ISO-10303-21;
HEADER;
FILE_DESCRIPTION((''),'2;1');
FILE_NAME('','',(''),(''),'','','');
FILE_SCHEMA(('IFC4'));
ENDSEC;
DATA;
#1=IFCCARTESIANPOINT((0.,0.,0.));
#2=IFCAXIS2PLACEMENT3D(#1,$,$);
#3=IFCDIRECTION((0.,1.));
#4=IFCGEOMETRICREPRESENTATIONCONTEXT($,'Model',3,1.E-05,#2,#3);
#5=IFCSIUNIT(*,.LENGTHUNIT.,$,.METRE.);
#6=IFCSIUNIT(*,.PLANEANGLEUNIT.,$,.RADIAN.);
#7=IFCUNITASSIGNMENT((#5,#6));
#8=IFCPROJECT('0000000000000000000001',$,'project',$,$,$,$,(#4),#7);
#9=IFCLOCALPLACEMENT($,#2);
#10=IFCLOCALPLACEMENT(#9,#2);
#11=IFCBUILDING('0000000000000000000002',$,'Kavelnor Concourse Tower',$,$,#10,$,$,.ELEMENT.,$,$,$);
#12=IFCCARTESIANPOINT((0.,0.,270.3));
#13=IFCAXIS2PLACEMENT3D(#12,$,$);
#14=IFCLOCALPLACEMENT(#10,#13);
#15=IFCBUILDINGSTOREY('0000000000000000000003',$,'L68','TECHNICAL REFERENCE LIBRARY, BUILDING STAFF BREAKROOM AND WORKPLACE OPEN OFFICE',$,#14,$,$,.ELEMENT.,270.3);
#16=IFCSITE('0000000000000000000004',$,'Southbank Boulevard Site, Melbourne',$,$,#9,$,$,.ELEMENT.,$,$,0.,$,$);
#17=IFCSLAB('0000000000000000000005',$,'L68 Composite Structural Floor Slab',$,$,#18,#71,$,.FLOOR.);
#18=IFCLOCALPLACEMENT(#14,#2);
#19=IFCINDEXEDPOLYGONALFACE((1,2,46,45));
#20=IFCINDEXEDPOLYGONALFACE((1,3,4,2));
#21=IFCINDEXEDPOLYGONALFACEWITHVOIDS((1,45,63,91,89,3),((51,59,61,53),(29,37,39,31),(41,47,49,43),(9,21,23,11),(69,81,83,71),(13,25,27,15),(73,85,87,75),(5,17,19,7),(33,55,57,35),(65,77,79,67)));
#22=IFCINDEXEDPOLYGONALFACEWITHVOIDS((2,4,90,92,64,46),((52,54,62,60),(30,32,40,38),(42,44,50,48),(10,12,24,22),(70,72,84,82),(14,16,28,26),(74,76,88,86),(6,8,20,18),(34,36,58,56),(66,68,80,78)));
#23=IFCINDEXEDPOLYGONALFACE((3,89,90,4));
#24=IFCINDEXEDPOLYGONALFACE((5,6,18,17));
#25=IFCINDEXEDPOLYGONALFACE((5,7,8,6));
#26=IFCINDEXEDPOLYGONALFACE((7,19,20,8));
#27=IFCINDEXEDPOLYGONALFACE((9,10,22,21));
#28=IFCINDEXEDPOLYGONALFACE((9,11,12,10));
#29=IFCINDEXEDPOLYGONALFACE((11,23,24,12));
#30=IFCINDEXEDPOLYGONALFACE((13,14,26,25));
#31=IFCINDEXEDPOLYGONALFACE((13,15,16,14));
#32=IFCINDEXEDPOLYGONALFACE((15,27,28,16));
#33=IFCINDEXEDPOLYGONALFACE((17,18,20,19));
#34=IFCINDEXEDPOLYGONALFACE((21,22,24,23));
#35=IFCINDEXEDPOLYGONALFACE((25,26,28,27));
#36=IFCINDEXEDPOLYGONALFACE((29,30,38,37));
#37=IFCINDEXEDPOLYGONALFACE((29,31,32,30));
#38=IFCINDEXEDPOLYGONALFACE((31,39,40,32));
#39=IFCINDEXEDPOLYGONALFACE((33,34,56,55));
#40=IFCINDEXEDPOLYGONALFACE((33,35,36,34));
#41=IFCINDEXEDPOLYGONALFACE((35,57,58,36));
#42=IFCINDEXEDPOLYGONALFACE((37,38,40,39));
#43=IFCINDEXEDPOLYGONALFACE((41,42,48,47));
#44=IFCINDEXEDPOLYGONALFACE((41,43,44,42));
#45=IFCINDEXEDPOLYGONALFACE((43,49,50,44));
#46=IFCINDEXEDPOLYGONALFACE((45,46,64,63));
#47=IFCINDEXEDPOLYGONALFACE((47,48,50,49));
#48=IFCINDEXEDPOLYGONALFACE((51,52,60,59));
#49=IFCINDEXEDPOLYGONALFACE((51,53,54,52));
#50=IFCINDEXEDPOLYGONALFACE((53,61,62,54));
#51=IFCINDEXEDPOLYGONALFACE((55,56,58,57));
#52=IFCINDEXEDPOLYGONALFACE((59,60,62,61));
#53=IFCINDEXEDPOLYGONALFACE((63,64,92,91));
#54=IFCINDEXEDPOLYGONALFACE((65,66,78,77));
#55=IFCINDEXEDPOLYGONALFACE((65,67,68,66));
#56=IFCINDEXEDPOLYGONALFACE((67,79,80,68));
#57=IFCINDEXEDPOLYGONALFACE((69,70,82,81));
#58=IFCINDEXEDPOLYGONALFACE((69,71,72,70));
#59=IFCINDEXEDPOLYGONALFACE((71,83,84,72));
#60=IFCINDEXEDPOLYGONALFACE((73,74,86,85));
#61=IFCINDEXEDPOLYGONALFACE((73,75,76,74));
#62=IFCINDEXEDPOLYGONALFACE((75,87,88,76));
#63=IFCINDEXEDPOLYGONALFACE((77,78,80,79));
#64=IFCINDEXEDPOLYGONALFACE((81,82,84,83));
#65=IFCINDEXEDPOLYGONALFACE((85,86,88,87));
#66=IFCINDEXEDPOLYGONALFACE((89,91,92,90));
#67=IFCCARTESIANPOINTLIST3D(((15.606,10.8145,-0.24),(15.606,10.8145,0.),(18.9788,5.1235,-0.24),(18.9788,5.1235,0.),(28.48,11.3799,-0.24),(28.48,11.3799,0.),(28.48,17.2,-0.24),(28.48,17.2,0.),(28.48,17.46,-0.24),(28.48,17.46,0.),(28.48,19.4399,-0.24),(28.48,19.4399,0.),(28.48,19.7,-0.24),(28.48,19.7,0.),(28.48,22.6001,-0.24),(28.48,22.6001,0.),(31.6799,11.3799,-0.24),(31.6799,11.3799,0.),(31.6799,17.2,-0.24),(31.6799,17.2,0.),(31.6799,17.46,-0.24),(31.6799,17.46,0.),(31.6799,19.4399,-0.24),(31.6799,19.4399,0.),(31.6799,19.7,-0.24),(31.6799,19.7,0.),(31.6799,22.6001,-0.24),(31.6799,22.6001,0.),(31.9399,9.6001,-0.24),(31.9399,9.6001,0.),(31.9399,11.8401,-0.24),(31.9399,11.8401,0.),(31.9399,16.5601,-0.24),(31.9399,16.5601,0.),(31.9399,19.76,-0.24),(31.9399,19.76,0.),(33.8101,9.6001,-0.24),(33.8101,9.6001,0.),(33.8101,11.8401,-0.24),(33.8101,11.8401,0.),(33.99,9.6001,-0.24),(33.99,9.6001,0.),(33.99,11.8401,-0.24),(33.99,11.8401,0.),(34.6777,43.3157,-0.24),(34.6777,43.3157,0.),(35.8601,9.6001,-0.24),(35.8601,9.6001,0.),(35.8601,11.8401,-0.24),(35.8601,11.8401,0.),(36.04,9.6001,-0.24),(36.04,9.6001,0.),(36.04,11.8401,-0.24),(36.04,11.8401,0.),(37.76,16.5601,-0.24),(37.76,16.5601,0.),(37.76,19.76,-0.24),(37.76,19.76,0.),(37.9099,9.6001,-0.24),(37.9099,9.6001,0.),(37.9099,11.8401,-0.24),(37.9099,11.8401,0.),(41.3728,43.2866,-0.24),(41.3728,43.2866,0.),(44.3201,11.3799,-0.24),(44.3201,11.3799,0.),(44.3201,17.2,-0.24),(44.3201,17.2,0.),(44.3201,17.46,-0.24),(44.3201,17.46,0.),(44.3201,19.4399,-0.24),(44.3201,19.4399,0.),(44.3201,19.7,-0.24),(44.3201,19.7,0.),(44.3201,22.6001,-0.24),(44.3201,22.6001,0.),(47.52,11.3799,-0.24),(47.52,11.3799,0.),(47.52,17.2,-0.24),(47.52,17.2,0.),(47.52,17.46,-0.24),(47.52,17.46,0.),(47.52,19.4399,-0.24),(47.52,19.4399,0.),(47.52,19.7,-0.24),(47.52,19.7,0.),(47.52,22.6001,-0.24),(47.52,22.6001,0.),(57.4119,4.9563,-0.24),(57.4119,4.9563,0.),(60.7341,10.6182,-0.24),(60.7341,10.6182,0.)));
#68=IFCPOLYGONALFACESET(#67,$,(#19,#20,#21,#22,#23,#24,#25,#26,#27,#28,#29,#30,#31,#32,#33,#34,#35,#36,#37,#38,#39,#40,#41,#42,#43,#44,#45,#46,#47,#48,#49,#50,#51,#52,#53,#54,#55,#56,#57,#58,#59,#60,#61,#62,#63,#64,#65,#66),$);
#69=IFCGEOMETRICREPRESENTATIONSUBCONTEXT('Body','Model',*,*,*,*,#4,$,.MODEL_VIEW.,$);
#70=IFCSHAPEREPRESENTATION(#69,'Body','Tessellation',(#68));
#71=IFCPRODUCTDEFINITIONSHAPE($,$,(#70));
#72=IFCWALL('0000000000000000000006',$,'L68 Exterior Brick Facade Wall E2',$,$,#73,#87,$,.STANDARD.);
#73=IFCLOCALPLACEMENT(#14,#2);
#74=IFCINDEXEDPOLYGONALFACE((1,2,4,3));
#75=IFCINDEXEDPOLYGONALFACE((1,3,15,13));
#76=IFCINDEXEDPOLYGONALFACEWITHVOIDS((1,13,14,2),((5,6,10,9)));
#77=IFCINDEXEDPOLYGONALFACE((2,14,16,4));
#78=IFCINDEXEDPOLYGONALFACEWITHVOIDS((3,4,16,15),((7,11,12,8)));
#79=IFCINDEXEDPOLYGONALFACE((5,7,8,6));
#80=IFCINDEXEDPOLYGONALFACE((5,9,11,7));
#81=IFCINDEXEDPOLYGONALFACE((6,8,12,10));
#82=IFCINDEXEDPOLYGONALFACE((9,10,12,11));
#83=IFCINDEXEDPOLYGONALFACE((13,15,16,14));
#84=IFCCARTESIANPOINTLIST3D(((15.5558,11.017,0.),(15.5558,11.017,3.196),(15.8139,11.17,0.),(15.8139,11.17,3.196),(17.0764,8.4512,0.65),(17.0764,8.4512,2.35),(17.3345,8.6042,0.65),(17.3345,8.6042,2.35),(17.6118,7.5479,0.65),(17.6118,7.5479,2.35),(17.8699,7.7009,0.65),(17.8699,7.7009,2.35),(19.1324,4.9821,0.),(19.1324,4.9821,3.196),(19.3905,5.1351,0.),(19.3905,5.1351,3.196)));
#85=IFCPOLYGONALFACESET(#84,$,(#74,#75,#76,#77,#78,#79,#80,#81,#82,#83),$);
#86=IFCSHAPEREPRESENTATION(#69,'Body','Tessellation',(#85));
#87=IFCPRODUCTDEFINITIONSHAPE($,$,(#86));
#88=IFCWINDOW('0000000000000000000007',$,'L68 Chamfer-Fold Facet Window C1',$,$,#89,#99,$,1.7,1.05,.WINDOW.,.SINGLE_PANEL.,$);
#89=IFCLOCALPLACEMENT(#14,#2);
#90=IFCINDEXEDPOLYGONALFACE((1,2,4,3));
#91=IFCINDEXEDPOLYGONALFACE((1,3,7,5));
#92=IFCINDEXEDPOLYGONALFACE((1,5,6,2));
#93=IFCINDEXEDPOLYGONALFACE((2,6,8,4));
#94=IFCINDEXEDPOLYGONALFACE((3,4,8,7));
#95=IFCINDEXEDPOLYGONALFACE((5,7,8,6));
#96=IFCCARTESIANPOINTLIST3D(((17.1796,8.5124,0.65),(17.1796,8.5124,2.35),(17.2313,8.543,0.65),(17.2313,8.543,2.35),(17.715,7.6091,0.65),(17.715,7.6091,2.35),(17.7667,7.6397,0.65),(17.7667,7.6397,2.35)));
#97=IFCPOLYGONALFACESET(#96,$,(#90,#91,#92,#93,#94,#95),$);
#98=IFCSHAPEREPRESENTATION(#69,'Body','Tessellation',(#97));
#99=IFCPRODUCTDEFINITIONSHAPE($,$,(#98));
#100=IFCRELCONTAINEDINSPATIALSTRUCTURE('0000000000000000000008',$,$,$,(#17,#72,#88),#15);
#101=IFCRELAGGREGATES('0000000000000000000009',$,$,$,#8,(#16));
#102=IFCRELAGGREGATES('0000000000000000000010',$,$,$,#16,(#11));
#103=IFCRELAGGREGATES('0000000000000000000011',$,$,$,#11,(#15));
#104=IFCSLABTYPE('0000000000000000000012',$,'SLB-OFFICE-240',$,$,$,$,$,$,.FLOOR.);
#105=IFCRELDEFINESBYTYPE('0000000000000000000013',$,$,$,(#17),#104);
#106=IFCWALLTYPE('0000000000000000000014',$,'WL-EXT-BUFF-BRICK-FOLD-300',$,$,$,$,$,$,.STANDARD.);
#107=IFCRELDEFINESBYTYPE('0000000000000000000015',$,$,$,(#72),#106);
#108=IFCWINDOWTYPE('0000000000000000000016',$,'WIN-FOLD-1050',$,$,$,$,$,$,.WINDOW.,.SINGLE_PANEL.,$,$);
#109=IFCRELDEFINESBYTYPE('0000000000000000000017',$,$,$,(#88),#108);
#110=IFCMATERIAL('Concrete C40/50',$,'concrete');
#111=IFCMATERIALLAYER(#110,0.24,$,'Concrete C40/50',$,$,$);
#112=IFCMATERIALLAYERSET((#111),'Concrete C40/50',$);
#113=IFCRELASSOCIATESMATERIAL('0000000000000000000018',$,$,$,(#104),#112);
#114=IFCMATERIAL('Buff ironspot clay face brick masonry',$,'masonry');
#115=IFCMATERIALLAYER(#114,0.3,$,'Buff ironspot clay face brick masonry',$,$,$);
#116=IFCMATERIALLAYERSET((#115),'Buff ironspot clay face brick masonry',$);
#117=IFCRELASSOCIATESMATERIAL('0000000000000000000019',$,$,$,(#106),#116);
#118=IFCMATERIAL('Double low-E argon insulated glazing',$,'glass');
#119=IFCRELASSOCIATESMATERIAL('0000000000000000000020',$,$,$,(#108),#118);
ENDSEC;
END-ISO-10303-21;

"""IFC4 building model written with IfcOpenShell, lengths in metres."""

from ifc_helpers import new_model, si_unit, direction, frame, frame_2d, origin, place, context, subcontext, project, spatial, polyline, rectangle, outline, extrude, material, layer, layer_set, type_object, element, fill, save


model = new_model("IFC4")

# Units and contexts
model_context = context("Model", 3, precision=1e-05, world=origin(), true_north=direction((0.0, 1.0)))
body_context = subcontext(model_context, "Body", "Model", "MODEL_VIEW")
ifc_project = project(units=[si_unit("LENGTHUNIT", "METRE"), si_unit("PLANEANGLEUNIT", "RADIAN")], contexts=[model_context])

# Site, building, storey
site_placement = place(None, origin())
site = spatial("IfcSite", under=ifc_project, at=site_placement, Name="Southbank Boulevard Site, Melbourne", CompositionType="ELEMENT", RefElevation=0.0)
building_placement = place(site_placement, origin())
building = spatial("IfcBuilding", under=site, at=building_placement, Name="Kavelnor Concourse Tower", CompositionType="ELEMENT")
storey_placement = place(building_placement, frame((0.0, 0.0, 270.3)))
storey = spatial("IfcBuildingStorey", under=building, at=storey_placement, Name="L68", Description="TECHNICAL REFERENCE LIBRARY, BUILDING STAFF BREAKROOM AND WORKPLACE OPEN OFFICE", CompositionType="ELEMENT", Elevation=270.3)

# Shared definitions
ifc_material_1 = material(Name="Concrete C40/50", Category="concrete")

# Slab
ifc_layer_1 = layer(ifc_material_1, 0.24, Name="Concrete C40/50")
ifc_layer_set_1 = layer_set([ifc_layer_1], Name="Concrete C40/50")
slab_type_1 = type_object("IfcSlabType", Name="SLB-OFFICE-240", PredefinedType="FLOOR", material=ifc_layer_set_1)
slab_1_placement = place(storey_placement, frame((0.0, 0.0, -0.24)))
element("IfcSlab", 1, at=slab_1_placement, inside=storey, type_object=slab_type_1, Name="L68 Composite Structural Floor Slab", PredefinedType="FLOOR", context=body_context, shape_type="SweptSolid", body=[
    extrude(outline(polyline([(41.3728, 43.2866), (34.6777, 43.3157), (15.606, 10.8145), (18.9788, 5.1235), (57.4119, 4.9563), (60.7341, 10.6182), (41.3728, 43.2866)]), holes=[polyline([(28.48, 11.3799), (31.6799, 11.3799), (31.6799, 17.2), (28.48, 17.2), (28.48, 11.3799)]), polyline([(44.3201, 11.3799), (47.52, 11.3799), (47.52, 17.2), (44.3201, 17.2), (44.3201, 11.3799)]), polyline([(31.9399, 16.5601), (37.76, 16.5601), (37.76, 19.76), (31.9399, 19.76), (31.9399, 16.5601)]), polyline([(28.48, 19.7), (31.6799, 19.7), (31.6799, 22.6001), (28.48, 22.6001), (28.48, 19.7)]), polyline([(44.3201, 19.7), (47.52, 19.7), (47.52, 22.6001), (44.3201, 22.6001), (44.3201, 19.7)]), polyline([(31.9399, 9.6001), (33.8101, 9.6001), (33.8101, 11.8401), (31.9399, 11.8401), (31.9399, 9.6001)]), polyline([(33.99, 9.6001), (35.8601, 9.6001), (35.8601, 11.8401), (33.99, 11.8401), (33.99, 9.6001)]), polyline([(36.04, 9.6001), (37.9099, 9.6001), (37.9099, 11.8401), (36.04, 11.8401), (36.04, 9.6001)]), polyline([(28.48, 17.46), (31.6799, 17.46), (31.6799, 19.4399), (28.48, 19.4399), (28.48, 17.46)]), polyline([(44.3201, 17.46), (47.52, 17.46), (47.52, 19.4399), (44.3201, 19.4399), (44.3201, 17.46)])]), origin(), (0.0, 0.0, 1.0), 0.24),
])

# Wall, opening, window
ifc_material_2 = material(Name="Buff ironspot clay face brick masonry", Category="masonry")
ifc_layer_2 = layer(ifc_material_2, 0.3, Name="Buff ironspot clay face brick masonry")
ifc_layer_set_2 = layer_set([ifc_layer_2], Name="Buff ironspot clay face brick masonry")
wall_type_1 = type_object("IfcWallType", Name="WL-EXT-BUFF-BRICK-FOLD-300", PredefinedType="STANDARD", material=ifc_layer_set_2)
wall_1_placement = place(storey_placement, frame((19.2615, 5.0586, 0.0), z_axis=(0.0, 0.0, 1.0), x_axis=(-0.509846, 0.860266, 0.0)))
wall_1 = element("IfcWall", 2, at=wall_1_placement, inside=storey, type_object=wall_type_1, Name="L68 Exterior Brick Facade Wall E2", PredefinedType="STANDARD", context=body_context, shape_type="SweptSolid", body=[
    extrude(rectangle(XDim=7.0151, YDim=0.3, at=frame_2d((3.5076, 0.0))), origin(), (0.0, 0.0, 1.0), 3.196),
])
opening_1_placement = place(wall_1_placement, frame((2.9827, 0.0, 0.6499)))
opening_1 = element("IfcOpeningElement", 3, at=opening_1_placement, cuts=wall_1, PredefinedType="OPENING", context=body_context, shape_type="SweptSolid", body=[
    extrude(rectangle(XDim=1.05, YDim=1.7, at=frame_2d((0.5249, 0.8501))), frame((0.0, 0.1602, 0.0), z_axis=(0.0, -1.0, 0.0), x_axis=(1.0, 0.0, 0.0)), (0.0, 0.0, 1.0), 0.3201),
])
ifc_material_3 = material(Name="Double low-E argon insulated glazing", Category="glass")
window_type_1 = type_object("IfcWindowType", Name="WIN-FOLD-1050", PartitioningType="SINGLE_PANEL", PredefinedType="WINDOW", material=ifc_material_3)
window_1_placement = place(opening_1_placement, origin())
window_1 = element("IfcWindow", 4, at=window_1_placement, inside=storey, type_object=window_type_1, Name="L68 Chamfer-Fold Facet Window C1", OverallHeight=1.7, OverallWidth=1.05, PartitioningType="SINGLE_PANEL", PredefinedType="WINDOW", context=body_context, shape_type="SweptSolid", body=[
    extrude(rectangle(XDim=1.05, YDim=1.7, at=frame_2d((0.5249, 0.8501))), frame((0.0, 0.03, 0.0), z_axis=(0.0, -1.0, 0.0), x_axis=(1.0, 0.0, 0.0)), (0.0, 0.0, 1.0), 0.0601),
])
fill(opening_1, window_1)

save(model, "model.ifc")
